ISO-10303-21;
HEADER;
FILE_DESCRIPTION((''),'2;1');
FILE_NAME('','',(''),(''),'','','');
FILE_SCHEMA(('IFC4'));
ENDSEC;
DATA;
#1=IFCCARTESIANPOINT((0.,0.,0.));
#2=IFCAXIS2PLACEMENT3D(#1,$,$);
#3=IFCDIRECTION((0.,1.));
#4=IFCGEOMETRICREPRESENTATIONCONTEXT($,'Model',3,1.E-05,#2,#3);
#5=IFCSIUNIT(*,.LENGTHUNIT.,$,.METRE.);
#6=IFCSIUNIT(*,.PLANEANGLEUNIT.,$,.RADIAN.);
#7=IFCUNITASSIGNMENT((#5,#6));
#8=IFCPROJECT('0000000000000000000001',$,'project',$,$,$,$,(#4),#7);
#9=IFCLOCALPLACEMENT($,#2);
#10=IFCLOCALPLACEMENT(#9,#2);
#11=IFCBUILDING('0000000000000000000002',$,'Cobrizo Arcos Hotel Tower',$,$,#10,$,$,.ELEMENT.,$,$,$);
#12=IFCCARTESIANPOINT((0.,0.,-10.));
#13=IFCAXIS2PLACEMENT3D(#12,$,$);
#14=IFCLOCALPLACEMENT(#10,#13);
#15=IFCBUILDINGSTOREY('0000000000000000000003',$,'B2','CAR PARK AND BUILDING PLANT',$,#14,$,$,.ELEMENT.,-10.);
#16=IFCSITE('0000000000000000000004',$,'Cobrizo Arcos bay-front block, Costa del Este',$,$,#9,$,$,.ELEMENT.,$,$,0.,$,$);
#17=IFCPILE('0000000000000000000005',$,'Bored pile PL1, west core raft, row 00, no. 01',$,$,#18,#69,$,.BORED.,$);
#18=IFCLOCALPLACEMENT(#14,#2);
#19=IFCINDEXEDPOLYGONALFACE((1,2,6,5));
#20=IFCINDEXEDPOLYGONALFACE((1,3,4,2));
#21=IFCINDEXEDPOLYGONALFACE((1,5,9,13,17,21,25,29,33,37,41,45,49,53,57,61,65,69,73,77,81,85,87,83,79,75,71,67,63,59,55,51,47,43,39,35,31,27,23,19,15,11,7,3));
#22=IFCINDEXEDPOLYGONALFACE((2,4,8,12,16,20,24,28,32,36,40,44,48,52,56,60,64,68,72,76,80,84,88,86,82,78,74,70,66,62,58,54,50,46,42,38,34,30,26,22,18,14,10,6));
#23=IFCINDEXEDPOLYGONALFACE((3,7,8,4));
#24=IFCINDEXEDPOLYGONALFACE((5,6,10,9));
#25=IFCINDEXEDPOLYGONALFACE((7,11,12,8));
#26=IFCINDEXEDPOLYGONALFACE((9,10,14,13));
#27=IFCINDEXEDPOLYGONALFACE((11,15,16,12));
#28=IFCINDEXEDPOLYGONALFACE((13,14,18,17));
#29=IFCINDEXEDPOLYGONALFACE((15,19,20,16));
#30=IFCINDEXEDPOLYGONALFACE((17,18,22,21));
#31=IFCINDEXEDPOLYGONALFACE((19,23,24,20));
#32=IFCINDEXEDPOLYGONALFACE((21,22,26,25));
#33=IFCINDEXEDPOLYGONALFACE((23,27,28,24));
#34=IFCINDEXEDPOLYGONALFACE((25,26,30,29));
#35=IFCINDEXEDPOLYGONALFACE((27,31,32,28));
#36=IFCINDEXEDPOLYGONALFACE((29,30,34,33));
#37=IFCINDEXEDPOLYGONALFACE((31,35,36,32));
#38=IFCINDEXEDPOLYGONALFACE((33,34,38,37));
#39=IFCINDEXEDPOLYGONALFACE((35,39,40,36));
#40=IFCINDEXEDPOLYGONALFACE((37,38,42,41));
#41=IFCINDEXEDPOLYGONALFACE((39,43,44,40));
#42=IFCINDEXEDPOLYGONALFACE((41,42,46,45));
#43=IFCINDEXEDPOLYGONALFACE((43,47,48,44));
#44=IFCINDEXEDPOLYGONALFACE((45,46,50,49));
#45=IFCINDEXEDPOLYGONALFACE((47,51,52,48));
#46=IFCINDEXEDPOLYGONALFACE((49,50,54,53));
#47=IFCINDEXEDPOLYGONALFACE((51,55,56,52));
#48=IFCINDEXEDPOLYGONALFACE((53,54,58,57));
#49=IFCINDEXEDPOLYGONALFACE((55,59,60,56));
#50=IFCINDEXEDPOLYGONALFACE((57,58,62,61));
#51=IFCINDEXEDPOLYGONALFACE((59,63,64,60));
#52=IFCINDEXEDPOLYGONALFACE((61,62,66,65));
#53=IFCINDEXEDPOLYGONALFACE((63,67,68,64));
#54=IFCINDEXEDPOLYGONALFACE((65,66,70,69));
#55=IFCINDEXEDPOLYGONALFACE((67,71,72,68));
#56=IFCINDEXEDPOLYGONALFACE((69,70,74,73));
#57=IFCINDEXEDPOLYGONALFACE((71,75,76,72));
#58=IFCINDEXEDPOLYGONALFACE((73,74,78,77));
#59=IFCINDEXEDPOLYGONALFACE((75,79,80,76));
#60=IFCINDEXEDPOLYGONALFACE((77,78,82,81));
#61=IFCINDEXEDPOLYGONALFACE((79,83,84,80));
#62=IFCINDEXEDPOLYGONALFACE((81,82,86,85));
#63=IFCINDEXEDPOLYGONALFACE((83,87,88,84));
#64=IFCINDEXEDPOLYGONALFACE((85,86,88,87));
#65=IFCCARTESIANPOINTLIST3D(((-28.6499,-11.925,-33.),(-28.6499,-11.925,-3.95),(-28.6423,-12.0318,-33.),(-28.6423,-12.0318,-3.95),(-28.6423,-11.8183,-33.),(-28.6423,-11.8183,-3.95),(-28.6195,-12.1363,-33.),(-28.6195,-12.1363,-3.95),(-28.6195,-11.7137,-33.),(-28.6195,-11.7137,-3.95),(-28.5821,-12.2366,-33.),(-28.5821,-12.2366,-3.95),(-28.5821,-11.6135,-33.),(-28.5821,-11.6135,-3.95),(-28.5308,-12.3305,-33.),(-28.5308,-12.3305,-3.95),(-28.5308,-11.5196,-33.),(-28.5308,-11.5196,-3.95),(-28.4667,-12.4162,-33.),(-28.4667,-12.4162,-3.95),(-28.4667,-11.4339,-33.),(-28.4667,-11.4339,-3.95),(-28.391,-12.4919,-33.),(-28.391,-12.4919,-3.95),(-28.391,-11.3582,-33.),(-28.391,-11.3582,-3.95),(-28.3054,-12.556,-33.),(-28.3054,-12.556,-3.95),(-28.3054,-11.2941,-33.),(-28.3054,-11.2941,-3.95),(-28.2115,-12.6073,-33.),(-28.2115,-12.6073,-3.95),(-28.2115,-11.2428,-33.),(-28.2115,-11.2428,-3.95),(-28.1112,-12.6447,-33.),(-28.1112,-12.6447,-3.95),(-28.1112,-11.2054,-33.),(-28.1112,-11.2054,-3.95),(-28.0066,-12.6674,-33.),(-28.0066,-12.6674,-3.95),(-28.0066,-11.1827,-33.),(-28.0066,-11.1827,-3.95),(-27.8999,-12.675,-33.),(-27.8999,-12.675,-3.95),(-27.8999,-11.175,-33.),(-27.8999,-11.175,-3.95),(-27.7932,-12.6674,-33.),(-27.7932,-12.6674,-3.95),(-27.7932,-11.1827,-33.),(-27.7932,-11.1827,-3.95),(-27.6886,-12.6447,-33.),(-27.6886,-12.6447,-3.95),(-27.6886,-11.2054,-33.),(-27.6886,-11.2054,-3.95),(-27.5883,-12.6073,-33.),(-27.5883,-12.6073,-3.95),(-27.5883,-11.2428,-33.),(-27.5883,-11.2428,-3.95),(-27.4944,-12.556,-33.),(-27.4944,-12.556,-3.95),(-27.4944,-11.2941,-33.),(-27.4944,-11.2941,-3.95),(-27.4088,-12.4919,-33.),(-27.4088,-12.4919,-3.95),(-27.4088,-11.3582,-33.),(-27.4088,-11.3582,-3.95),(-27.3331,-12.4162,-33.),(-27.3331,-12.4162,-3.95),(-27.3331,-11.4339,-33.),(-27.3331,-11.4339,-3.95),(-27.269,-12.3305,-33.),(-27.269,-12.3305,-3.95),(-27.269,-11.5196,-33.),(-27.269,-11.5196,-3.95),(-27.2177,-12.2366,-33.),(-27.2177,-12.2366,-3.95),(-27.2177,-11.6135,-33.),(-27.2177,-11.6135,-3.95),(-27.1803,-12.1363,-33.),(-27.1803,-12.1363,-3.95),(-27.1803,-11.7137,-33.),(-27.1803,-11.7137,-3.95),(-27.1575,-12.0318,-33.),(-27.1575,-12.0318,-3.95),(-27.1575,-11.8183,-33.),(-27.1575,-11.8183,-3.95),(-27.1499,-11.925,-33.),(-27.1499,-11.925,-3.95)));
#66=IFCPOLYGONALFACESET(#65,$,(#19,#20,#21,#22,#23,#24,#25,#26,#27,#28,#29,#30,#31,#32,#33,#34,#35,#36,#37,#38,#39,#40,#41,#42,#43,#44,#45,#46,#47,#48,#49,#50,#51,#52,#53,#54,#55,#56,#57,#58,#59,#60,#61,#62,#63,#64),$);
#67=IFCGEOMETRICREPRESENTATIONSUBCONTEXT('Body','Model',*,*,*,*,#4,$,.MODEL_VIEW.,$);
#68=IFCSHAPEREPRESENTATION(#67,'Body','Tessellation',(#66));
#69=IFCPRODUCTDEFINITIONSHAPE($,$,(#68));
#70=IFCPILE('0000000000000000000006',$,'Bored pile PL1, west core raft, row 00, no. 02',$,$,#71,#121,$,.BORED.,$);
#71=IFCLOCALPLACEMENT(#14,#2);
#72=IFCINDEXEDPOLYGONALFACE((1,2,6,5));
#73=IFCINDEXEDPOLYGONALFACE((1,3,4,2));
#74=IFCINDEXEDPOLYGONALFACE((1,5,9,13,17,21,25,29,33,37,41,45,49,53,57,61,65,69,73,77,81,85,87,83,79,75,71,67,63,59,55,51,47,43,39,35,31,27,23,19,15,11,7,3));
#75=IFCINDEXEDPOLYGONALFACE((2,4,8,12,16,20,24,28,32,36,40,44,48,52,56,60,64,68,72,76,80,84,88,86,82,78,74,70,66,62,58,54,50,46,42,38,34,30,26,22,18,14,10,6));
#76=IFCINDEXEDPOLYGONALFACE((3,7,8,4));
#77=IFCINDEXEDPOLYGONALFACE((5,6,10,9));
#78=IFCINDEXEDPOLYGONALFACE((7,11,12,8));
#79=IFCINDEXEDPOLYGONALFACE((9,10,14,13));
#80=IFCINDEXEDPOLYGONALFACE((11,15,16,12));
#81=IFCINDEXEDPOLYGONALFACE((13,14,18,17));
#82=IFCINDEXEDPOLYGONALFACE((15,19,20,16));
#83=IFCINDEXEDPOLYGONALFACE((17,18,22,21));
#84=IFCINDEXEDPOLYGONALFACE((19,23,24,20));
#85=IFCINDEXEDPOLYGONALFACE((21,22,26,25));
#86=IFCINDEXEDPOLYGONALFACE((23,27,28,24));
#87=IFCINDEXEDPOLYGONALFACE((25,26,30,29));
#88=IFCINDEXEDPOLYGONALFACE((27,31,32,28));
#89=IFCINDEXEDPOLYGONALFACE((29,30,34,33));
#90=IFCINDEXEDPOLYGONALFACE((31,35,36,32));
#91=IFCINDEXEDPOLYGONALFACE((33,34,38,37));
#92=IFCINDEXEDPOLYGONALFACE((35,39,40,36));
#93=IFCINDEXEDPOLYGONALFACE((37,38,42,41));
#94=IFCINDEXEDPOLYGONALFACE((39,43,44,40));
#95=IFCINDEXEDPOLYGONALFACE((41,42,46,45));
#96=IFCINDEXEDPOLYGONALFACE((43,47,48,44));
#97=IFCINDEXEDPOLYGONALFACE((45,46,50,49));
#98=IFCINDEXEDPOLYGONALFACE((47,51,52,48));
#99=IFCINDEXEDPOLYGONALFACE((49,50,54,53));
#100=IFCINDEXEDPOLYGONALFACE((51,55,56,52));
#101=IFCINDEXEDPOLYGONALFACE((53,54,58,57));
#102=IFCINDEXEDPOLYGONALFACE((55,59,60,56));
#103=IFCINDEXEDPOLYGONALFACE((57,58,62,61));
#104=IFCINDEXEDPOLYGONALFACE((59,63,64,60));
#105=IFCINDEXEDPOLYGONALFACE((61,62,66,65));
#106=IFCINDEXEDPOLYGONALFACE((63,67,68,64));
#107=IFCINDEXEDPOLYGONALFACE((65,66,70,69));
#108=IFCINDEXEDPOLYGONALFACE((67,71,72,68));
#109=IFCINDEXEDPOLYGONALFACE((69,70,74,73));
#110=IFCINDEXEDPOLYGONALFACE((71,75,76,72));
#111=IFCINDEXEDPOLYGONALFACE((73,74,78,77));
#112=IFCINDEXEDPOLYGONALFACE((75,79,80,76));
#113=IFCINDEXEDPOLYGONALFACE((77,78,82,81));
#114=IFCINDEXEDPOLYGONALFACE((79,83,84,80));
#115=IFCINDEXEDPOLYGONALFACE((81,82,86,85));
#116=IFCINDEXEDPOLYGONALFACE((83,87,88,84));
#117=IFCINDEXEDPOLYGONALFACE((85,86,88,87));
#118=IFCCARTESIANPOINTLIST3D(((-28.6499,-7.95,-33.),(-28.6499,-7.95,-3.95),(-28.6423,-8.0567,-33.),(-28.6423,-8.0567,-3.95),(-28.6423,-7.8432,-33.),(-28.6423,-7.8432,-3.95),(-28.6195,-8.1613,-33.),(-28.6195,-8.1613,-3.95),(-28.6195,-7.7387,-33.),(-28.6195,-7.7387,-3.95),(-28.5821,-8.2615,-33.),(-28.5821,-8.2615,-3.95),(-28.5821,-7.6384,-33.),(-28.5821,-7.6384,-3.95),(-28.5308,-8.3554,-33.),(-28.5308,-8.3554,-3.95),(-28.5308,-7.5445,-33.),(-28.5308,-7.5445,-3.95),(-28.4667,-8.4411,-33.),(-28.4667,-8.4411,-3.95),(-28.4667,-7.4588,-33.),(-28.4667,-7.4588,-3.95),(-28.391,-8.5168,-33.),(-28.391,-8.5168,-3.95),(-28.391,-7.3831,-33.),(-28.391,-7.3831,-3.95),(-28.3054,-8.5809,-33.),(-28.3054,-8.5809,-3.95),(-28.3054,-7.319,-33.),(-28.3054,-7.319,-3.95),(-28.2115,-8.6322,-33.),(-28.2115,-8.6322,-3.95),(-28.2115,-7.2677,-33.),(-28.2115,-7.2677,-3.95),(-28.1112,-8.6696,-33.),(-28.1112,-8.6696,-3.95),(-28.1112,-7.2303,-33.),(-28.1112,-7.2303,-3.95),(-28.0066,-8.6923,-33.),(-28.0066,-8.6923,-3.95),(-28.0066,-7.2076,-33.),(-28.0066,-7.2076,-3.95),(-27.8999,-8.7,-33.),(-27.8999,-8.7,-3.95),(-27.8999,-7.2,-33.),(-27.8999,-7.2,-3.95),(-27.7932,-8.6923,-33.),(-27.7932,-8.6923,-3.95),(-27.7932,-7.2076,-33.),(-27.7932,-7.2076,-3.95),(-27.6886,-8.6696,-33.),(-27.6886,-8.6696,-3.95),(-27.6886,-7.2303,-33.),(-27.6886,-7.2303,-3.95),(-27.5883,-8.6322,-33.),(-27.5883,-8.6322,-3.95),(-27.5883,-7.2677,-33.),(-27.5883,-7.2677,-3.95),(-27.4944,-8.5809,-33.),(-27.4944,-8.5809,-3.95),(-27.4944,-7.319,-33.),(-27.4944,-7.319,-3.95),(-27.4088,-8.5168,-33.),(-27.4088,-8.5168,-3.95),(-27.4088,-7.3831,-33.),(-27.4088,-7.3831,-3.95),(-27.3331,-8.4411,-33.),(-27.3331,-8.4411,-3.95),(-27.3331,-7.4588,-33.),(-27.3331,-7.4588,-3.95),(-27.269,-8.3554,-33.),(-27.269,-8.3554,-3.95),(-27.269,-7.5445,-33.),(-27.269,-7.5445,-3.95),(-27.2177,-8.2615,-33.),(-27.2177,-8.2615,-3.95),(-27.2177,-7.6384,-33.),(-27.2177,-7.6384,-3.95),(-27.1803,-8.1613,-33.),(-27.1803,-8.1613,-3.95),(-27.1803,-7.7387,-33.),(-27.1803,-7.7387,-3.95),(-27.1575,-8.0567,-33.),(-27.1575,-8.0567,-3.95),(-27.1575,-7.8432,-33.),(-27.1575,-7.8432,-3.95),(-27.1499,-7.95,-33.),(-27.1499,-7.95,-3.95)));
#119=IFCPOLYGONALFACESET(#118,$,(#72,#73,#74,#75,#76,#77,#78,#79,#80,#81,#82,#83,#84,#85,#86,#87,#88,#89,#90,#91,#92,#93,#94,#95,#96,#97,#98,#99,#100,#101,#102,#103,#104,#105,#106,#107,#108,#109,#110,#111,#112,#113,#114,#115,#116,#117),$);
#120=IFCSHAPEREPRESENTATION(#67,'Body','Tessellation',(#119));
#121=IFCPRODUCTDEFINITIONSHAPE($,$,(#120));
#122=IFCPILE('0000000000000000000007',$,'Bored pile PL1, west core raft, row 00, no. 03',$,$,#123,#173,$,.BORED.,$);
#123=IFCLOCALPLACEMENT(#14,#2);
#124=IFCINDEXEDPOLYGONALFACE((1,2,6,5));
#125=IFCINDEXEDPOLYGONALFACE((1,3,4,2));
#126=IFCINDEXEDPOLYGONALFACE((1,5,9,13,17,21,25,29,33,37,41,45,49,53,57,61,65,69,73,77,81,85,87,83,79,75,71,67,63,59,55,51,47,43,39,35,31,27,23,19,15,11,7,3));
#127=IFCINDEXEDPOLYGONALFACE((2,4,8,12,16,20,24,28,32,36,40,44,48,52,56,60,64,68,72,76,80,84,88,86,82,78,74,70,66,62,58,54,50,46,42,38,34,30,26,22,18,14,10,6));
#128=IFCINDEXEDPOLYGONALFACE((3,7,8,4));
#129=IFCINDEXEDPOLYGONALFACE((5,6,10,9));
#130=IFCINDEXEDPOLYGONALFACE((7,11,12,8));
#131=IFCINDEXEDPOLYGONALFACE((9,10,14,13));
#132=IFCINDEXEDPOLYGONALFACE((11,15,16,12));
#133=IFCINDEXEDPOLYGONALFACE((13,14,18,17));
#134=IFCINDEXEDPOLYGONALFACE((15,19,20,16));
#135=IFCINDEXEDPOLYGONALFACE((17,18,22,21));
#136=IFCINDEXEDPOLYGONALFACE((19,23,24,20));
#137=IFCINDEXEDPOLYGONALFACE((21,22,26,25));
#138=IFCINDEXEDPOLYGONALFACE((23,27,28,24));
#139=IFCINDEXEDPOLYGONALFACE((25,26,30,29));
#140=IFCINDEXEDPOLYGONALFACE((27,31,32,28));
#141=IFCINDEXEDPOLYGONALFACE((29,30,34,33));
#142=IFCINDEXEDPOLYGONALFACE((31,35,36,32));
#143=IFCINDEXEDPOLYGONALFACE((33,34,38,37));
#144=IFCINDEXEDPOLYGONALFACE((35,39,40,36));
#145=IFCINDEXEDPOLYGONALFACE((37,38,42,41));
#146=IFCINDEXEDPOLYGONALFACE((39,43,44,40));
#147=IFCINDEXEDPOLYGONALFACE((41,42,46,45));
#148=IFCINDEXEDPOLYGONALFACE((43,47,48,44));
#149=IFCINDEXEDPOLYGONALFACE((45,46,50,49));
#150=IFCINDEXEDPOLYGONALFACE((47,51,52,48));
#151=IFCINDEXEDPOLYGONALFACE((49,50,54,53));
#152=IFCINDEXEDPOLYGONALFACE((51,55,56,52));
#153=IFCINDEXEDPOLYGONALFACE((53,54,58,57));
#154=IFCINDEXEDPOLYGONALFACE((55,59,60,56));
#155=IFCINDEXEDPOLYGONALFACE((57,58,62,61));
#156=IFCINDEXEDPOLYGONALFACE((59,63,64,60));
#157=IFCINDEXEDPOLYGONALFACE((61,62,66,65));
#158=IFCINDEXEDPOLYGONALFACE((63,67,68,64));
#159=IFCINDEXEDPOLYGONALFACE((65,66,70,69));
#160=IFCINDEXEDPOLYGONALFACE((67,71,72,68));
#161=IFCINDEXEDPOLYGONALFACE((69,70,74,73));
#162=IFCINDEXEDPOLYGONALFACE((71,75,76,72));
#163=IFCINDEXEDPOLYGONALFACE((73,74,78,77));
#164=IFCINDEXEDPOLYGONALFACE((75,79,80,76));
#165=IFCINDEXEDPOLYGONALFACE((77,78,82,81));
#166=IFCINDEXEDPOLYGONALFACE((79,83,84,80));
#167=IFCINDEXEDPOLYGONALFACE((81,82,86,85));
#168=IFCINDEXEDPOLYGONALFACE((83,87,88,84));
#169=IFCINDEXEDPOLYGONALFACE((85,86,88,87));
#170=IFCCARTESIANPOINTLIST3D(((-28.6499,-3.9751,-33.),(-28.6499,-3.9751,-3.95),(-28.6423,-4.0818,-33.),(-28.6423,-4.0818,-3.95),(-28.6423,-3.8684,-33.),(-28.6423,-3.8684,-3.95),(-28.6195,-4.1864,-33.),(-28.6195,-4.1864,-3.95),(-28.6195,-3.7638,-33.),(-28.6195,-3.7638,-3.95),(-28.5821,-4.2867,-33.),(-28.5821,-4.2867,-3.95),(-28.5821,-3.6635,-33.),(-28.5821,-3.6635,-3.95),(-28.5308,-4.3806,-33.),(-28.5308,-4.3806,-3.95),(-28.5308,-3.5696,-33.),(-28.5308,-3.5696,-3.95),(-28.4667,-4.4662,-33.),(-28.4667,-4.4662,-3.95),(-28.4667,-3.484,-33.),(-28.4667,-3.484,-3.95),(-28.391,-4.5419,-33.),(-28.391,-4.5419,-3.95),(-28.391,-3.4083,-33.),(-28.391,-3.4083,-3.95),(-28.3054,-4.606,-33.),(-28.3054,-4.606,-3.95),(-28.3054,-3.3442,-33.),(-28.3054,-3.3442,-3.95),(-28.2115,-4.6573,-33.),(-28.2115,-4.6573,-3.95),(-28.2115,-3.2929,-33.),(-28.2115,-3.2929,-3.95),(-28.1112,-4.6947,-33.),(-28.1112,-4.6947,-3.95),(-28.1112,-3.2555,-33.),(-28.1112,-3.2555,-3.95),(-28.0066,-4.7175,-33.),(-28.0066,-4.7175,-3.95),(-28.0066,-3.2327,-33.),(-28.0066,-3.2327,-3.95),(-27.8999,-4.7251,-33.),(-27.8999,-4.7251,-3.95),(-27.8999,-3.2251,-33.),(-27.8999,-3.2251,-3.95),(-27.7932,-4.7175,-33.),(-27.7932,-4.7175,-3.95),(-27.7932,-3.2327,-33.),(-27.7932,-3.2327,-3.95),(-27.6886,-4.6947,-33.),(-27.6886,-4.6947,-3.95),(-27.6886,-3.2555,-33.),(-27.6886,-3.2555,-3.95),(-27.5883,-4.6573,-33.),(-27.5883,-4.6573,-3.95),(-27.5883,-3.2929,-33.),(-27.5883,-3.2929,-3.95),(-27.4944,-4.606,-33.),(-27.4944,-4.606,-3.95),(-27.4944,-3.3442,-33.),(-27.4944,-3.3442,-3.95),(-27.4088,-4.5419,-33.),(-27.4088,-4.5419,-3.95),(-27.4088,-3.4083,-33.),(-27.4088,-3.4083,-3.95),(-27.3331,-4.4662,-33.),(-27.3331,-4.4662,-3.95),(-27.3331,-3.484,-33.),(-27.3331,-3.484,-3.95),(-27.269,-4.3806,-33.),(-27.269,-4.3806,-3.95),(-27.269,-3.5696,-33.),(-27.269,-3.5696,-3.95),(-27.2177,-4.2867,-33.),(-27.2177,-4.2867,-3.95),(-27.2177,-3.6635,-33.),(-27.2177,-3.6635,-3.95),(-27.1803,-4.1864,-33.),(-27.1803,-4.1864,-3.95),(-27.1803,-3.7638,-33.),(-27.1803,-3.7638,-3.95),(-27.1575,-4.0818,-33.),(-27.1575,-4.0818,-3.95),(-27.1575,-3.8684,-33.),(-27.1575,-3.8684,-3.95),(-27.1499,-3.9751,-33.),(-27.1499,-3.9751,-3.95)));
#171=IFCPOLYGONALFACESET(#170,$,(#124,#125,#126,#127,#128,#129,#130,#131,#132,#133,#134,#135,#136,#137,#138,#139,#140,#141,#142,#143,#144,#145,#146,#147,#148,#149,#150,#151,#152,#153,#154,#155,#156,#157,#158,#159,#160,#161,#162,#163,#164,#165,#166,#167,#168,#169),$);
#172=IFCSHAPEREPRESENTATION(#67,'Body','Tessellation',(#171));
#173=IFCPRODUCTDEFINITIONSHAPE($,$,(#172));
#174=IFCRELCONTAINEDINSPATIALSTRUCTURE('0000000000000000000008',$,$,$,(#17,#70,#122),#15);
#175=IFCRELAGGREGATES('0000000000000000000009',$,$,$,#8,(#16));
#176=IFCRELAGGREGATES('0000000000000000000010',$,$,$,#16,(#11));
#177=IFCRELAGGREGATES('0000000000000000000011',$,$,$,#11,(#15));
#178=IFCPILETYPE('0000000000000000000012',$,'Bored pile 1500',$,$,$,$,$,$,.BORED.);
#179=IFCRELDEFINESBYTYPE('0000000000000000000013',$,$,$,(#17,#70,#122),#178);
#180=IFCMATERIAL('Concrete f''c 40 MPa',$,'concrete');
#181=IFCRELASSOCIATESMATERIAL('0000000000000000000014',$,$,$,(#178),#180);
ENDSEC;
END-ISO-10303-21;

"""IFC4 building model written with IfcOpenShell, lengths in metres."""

from ifc_helpers import new_model, si_unit, direction, frame, origin, origin_2d, place, context, subcontext, project, spatial, circle, extrude, material, material_profile, profile_set, type_object, element, save


model = new_model("IFC4")

# Units and contexts
model_context = context("Model", 3, precision=1e-05, world=origin(), true_north=direction((0.0, 1.0)))
body_context = subcontext(model_context, "Body", "Model", "MODEL_VIEW")
ifc_project = project(units=[si_unit("LENGTHUNIT", "METRE"), si_unit("PLANEANGLEUNIT", "RADIAN")], contexts=[model_context])

# Site, building, storey
site_placement = place(None, origin())
site = spatial("IfcSite", under=ifc_project, at=site_placement, Name="Cobrizo Arcos bay-front block, Costa del Este", CompositionType="ELEMENT", RefElevation=0.0)
building_placement = place(site_placement, origin())
building = spatial("IfcBuilding", under=site, at=building_placement, Name="Cobrizo Arcos Hotel Tower", CompositionType="ELEMENT")
storey_placement = place(building_placement, frame((0.0, 0.0, -10.0)))
storey = spatial("IfcBuildingStorey", under=building, at=storey_placement, Name="B2", Description="CAR PARK AND BUILDING PLANT", CompositionType="ELEMENT", Elevation=-10.0)

# Piles
ifc_material_1 = material(Name="Concrete f'c 40 MPa", Category="concrete")
ifc_material_profile_1 = material_profile(ifc_material_1, circle(Radius=0.75, at=origin_2d()), Name="BORED PILE 1500")
ifc_profile_set_1 = profile_set([ifc_material_profile_1], Name="Concrete f'c 40 MPa")
pile_type = type_object("IfcPileType", Name="Bored pile 1500", PredefinedType="BORED", material=ifc_profile_set_1)
for number, where, z_axis, x_axis, name in (
    (1, (-27.8999, -11.925, -3.95), (0.0, 0.0, -1.0), (1.0, 0.0, 0.0), "Bored pile PL1, west core raft, row 00, no. 01"),
    (2, (-27.8999, -7.95, -3.95), (0.0, 0.0, -1.0), (1.0, 0.0, 0.0), "Bored pile PL1, west core raft, row 00, no. 02"),
    (3, (-27.8999, -3.9751, -3.95), (0.0, 0.0, -1.0), (1.0, 0.0, 0.0), "Bored pile PL1, west core raft, row 00, no. 03"),
):
    element("IfcPile", number, at=place(storey_placement, frame(where, z_axis=z_axis, x_axis=x_axis)), inside=storey, type_object=pile_type, Name=name, PredefinedType="BORED", context=body_context, shape_type="SweptSolid", body=[
        extrude(circle(Radius=0.75, at=origin_2d()), origin(), (0.0, 0.0, 1.0), 29.05),
    ])

save(model, "model.ifc")
